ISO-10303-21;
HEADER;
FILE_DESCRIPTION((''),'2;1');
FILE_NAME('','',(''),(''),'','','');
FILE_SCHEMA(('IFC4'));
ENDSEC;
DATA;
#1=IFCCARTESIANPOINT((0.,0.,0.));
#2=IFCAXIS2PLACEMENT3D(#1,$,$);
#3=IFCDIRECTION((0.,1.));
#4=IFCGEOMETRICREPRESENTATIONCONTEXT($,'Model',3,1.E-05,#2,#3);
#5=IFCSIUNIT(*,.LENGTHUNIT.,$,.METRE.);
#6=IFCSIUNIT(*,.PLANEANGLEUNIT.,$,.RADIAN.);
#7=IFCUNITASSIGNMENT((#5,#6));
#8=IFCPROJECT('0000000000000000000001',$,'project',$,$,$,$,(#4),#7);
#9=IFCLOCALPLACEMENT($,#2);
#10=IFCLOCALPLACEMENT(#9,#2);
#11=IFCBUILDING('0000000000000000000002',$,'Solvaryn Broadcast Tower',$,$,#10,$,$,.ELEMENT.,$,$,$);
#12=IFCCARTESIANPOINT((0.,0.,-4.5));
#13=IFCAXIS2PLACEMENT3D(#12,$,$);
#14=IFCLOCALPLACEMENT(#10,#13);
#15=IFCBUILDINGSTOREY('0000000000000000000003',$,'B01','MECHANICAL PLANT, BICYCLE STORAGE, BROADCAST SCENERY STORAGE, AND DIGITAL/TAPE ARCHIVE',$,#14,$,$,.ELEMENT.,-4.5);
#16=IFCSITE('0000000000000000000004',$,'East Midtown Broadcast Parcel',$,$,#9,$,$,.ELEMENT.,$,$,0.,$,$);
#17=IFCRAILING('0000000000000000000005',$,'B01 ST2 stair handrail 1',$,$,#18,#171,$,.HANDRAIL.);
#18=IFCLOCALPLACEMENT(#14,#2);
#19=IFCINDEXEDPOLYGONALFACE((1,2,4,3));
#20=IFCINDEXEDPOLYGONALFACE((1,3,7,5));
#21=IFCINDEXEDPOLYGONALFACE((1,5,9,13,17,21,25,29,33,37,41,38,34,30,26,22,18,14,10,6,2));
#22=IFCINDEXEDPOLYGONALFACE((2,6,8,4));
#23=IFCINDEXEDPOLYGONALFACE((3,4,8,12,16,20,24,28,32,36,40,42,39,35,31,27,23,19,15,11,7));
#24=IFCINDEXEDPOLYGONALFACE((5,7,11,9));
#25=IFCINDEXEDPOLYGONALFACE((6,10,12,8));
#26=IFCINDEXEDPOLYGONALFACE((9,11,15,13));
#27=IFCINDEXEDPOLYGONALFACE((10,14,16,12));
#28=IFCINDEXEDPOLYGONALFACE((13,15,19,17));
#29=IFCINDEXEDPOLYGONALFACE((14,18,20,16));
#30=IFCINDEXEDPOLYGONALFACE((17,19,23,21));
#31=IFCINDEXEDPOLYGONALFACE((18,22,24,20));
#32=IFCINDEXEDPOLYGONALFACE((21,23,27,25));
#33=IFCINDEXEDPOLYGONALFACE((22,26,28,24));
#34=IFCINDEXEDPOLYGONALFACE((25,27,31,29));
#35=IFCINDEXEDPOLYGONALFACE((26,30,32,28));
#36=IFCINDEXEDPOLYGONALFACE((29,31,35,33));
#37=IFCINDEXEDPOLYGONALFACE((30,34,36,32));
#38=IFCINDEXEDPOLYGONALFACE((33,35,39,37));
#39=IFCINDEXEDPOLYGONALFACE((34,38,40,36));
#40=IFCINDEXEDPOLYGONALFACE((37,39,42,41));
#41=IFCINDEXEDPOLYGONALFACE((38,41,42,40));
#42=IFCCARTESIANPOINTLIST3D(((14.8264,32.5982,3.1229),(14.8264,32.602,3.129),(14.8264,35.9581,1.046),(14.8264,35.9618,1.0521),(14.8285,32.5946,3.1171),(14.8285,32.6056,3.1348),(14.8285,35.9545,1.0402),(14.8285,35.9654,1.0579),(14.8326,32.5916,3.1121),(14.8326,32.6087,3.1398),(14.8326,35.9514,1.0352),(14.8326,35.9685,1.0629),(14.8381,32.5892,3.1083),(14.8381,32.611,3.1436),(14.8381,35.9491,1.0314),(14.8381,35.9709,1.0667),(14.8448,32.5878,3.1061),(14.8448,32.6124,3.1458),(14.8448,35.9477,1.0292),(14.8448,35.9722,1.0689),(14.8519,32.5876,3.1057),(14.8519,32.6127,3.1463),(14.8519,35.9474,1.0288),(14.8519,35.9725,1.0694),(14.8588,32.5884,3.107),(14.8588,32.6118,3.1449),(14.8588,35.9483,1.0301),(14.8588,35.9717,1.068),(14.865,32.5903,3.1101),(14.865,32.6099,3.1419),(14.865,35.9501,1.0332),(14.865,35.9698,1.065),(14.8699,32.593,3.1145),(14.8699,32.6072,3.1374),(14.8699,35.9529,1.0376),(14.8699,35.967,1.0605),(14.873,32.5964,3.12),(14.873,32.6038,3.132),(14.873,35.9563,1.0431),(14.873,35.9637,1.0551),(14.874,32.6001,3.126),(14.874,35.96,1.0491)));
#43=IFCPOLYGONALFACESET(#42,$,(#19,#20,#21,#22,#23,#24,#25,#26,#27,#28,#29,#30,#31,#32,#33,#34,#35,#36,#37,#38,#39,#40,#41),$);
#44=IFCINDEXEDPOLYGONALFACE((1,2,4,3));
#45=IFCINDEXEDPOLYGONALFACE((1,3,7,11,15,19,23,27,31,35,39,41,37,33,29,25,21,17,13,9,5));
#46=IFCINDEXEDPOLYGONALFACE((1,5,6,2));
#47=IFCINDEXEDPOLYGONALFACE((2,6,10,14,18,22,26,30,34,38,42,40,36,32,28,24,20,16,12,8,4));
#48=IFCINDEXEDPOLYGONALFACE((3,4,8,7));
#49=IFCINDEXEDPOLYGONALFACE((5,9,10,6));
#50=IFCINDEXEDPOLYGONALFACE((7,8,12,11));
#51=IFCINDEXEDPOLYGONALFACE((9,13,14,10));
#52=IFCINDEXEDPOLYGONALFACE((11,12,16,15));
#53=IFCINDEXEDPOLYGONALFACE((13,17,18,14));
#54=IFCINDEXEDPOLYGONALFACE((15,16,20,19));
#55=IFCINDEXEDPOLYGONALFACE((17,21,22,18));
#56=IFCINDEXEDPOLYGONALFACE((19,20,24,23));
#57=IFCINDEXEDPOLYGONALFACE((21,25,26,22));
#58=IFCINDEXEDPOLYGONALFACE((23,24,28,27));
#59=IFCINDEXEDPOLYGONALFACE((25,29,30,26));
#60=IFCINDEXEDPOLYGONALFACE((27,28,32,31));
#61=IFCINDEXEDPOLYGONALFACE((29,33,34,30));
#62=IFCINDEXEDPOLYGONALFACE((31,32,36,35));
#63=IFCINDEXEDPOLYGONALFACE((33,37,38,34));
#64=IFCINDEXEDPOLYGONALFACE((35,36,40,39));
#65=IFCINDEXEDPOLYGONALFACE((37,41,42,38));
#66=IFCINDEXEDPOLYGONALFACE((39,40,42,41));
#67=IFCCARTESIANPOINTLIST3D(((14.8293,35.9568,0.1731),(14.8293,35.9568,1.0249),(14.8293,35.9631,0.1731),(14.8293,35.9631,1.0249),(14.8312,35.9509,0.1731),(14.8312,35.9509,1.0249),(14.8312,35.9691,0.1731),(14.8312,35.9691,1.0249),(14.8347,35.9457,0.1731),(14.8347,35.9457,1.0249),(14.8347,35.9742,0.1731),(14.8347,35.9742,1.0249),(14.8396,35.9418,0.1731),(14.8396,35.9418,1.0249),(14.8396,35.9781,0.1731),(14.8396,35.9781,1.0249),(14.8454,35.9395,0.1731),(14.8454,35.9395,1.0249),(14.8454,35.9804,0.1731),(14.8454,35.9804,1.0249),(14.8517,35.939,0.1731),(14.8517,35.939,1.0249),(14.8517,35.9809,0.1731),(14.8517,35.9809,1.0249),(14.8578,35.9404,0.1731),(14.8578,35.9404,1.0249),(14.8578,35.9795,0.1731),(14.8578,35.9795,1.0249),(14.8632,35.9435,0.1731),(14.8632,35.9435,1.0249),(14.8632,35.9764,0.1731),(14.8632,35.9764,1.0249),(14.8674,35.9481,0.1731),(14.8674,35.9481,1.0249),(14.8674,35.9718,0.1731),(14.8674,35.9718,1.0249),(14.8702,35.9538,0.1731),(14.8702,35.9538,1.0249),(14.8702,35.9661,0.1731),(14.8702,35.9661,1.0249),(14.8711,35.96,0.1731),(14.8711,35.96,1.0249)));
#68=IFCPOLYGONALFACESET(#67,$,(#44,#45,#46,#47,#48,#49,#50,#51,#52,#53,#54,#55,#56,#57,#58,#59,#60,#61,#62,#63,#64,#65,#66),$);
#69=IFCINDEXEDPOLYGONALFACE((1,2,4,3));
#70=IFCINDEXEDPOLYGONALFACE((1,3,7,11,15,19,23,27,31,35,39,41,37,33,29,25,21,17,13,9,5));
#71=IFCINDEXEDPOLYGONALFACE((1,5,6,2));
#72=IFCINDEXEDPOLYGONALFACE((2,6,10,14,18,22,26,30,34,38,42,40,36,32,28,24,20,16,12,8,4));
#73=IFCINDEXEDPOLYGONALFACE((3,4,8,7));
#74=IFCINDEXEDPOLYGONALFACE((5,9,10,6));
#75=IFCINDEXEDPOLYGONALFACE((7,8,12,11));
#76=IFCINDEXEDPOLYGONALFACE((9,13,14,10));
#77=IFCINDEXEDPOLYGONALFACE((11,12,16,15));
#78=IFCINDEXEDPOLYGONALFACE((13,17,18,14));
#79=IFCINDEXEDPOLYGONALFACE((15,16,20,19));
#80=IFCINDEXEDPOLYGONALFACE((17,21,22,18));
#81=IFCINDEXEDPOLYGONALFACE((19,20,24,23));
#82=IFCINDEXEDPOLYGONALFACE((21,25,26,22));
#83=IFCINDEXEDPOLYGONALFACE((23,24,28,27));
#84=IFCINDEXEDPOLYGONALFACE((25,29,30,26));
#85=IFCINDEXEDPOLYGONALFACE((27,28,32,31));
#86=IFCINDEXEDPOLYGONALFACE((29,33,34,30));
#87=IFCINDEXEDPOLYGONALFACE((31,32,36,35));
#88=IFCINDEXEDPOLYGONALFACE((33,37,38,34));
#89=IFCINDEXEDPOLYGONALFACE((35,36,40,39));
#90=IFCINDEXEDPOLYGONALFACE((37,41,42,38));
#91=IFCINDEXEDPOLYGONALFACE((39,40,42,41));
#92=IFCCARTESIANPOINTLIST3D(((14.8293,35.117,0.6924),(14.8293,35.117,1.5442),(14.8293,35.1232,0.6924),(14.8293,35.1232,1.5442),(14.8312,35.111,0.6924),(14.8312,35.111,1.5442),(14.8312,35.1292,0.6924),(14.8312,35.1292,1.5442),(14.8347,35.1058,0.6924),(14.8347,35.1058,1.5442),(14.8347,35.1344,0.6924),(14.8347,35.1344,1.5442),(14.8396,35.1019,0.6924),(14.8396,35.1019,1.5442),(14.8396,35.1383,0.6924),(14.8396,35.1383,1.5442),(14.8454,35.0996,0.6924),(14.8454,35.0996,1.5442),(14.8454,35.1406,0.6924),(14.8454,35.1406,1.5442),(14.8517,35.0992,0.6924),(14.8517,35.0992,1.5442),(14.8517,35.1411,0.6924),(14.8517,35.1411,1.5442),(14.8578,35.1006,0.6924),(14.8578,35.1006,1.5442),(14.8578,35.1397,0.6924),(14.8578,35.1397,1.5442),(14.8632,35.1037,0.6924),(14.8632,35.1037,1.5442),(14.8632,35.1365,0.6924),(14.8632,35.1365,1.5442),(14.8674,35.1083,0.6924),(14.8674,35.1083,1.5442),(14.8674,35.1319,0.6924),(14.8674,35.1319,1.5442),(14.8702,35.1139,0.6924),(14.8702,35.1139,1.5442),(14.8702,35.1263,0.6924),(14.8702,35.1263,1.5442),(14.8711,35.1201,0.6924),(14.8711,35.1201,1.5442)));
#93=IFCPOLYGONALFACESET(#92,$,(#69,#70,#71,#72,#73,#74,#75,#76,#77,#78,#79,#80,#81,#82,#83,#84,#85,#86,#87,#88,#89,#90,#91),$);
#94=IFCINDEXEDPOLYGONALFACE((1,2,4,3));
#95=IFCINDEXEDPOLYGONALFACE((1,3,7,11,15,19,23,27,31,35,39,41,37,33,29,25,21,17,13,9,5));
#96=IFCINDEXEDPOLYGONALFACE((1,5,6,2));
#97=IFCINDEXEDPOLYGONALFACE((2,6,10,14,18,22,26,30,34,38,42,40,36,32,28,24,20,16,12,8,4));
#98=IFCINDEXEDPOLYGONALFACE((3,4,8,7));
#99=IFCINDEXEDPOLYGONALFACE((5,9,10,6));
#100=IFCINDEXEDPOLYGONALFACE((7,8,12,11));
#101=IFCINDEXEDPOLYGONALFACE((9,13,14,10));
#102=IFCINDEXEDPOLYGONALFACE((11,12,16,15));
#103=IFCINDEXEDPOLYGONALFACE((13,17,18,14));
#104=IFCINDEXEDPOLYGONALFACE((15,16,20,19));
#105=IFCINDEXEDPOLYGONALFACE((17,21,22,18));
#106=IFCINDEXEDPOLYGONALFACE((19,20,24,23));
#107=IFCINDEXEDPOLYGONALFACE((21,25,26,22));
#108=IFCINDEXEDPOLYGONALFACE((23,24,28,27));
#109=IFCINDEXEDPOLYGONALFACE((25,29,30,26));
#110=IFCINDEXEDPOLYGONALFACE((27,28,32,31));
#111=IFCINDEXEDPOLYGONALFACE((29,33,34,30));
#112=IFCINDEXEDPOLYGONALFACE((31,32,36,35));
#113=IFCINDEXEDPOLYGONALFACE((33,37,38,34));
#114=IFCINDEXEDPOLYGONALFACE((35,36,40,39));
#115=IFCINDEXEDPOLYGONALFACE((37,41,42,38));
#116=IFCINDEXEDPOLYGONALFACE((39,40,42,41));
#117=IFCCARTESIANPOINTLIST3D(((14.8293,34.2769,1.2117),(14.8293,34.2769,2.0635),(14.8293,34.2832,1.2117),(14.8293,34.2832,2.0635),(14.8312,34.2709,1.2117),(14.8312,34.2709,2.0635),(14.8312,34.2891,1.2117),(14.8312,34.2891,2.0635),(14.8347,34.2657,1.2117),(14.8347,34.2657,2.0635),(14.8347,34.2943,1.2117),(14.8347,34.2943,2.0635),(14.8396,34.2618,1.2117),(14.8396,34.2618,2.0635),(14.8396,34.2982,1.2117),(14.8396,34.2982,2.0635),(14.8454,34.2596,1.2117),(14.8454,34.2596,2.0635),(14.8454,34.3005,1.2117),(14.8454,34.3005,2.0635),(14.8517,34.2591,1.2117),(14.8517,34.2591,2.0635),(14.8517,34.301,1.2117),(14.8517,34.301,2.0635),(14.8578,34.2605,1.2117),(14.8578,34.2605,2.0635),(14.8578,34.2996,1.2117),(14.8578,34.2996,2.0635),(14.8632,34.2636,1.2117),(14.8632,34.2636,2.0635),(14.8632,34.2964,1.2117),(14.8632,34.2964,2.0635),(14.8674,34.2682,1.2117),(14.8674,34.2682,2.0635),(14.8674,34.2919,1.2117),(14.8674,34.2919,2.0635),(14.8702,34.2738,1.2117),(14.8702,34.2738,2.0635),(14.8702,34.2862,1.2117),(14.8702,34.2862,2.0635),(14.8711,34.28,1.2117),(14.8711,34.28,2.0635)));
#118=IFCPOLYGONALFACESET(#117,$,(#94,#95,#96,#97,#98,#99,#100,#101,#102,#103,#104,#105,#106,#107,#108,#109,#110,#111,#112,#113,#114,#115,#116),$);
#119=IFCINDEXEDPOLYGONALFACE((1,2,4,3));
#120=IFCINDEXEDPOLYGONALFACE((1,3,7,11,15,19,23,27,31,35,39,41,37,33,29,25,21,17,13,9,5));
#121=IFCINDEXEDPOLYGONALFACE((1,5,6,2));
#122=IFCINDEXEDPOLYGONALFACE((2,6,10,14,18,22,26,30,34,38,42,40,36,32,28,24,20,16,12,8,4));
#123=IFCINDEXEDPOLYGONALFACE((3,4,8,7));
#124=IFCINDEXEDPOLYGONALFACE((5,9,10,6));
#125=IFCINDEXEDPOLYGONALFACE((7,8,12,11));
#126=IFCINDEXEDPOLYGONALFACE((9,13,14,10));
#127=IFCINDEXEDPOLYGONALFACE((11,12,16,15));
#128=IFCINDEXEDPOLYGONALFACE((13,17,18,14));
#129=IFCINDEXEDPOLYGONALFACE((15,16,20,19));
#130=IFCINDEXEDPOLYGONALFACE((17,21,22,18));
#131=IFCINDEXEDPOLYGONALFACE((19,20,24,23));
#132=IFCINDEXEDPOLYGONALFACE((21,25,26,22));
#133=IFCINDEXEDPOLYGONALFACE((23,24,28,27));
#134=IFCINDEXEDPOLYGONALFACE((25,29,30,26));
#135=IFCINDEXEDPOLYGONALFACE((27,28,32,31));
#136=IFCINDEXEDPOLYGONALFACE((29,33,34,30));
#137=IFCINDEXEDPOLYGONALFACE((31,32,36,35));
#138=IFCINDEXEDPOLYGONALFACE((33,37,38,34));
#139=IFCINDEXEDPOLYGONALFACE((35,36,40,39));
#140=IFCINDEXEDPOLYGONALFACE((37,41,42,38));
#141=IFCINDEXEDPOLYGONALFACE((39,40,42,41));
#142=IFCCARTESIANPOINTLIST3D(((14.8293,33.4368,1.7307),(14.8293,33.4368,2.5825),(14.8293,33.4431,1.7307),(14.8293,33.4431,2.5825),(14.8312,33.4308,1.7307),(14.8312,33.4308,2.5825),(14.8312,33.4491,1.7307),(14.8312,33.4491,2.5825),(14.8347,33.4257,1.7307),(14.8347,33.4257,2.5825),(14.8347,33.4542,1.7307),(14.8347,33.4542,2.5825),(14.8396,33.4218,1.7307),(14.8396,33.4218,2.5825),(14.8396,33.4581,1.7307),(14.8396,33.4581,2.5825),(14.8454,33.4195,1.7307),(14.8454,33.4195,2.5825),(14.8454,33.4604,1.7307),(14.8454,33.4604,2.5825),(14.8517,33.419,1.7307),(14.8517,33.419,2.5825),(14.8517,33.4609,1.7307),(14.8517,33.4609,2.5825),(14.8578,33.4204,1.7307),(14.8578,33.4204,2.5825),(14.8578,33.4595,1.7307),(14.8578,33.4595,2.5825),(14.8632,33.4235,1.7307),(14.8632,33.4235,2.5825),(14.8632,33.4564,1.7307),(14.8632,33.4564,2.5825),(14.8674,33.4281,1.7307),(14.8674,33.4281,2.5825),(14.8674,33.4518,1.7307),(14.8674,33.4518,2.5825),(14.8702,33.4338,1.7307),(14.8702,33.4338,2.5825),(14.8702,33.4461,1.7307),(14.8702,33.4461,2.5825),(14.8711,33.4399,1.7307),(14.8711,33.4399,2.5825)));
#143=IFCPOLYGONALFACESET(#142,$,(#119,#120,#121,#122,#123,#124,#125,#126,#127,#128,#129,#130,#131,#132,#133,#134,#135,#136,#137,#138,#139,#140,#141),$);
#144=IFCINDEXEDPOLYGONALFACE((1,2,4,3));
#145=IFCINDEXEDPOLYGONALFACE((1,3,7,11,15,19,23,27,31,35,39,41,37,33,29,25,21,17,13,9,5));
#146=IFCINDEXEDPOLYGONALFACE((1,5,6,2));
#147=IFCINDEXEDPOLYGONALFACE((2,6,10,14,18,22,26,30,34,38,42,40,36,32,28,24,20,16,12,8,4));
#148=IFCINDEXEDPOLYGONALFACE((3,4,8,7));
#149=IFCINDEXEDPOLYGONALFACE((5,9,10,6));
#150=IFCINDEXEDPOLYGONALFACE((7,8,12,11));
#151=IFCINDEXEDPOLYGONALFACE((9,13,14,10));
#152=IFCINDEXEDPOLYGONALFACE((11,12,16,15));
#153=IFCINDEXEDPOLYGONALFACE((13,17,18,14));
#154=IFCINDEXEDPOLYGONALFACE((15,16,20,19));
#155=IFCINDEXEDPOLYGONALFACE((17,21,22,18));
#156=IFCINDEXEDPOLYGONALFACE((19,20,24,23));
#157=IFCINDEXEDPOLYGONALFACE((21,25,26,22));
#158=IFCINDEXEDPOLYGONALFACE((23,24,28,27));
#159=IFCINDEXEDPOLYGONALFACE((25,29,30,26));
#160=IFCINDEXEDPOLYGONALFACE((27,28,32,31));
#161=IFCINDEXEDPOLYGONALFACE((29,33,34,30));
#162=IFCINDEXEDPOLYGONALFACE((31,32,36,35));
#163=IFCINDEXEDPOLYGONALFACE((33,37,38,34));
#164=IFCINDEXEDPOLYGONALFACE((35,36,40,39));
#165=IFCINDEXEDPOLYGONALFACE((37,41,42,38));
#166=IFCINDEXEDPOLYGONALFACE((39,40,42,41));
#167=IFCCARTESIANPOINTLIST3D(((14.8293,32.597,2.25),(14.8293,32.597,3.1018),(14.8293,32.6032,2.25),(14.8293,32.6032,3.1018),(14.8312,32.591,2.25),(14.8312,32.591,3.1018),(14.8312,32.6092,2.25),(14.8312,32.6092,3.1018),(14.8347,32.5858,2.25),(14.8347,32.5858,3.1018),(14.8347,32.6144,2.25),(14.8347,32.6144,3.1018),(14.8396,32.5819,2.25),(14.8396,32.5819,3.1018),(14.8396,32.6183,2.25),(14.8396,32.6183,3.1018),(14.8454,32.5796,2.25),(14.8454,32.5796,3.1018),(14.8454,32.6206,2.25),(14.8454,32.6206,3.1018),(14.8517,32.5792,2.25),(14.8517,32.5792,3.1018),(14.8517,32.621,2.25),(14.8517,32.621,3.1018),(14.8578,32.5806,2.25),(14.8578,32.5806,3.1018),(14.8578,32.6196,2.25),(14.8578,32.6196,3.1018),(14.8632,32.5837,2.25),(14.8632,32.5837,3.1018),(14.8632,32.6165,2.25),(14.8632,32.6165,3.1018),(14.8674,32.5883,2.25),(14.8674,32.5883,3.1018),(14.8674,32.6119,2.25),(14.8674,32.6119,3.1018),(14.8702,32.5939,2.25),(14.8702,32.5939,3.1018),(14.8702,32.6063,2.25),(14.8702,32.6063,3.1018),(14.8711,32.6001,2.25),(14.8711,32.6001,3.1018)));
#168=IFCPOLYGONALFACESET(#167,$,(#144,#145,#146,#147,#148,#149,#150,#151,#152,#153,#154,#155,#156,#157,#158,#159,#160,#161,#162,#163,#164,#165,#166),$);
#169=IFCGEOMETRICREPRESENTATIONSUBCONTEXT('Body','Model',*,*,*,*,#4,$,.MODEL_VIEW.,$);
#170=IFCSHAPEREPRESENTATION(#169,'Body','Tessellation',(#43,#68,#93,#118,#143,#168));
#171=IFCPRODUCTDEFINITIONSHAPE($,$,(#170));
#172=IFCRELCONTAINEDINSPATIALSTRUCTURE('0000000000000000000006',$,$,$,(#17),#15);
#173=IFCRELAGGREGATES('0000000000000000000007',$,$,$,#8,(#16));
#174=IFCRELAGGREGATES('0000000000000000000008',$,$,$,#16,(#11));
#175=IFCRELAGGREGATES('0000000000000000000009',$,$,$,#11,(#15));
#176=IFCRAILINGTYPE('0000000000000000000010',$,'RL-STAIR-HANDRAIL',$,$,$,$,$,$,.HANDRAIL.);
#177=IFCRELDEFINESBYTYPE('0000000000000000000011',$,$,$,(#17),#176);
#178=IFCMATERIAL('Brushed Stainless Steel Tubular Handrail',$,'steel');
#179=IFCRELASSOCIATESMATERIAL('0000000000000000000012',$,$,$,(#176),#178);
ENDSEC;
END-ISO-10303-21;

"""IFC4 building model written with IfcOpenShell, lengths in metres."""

from ifc_helpers import new_model, si_unit, direction, frame, origin, origin_2d, place, context, subcontext, project, spatial, circle, extrude, material, type_object, element, save


model = new_model("IFC4")

# Units and contexts
model_context = context("Model", 3, precision=1e-05, world=origin(), true_north=direction((0.0, 1.0)))
body_context = subcontext(model_context, "Body", "Model", "MODEL_VIEW")
ifc_project = project(units=[si_unit("LENGTHUNIT", "METRE"), si_unit("PLANEANGLEUNIT", "RADIAN")], contexts=[model_context])

# Site, building, storey
site_placement = place(None, origin())
site = spatial("IfcSite", under=ifc_project, at=site_placement, Name="East Midtown Broadcast Parcel", CompositionType="ELEMENT", RefElevation=0.0)
building_placement = place(site_placement, origin())
building = spatial("IfcBuilding", under=site, at=building_placement, Name="Solvaryn Broadcast Tower", CompositionType="ELEMENT")
storey_placement = place(building_placement, frame((0.0, 0.0, -4.5)))
storey = spatial("IfcBuildingStorey", under=building, at=storey_placement, Name="B01", Description="MECHANICAL PLANT, BICYCLE STORAGE, BROADCAST SCENERY STORAGE, AND DIGITAL/TAPE ARCHIVE", CompositionType="ELEMENT", Elevation=-4.5)

# Railing
ifc_material_1 = material(Name="Brushed Stainless Steel Tubular Handrail", Category="steel")
railing_type_1 = type_object("IfcRailingType", Name="RL-STAIR-HANDRAIL", PredefinedType="HANDRAIL", material=ifc_material_1)
railing_1_placement = place(storey_placement, frame((14.8501, 35.96, 0.1731)))
element("IfcRailing", 1, at=railing_1_placement, inside=storey, type_object=railing_type_1, Name="B01 ST2 stair handrail 1", PredefinedType="HANDRAIL", context=body_context, shape_type="SweptSolid", body=[
    extrude(circle(Radius=0.0239, at=origin_2d()), frame((0.0, 0.0, 0.876), z_axis=(0.0, -0.850606, 0.525803), x_axis=(1.0, 0.0, 0.0)), (0.0, 0.0, 1.0), 3.95),
    extrude(circle(Radius=0.021, at=origin_2d()), origin(), (0.0, 0.0, 1.0), 0.8518),
    extrude(circle(Radius=0.021, at=origin_2d()), frame((0.0, -0.8398, 0.5193)), (0.0, 0.0, 1.0), 0.8518),
    extrude(circle(Radius=0.021, at=origin_2d()), frame((0.0, -1.6799, 1.0386)), (0.0, 0.0, 1.0), 0.8518),
    extrude(circle(Radius=0.021, at=origin_2d()), frame((0.0, -2.52, 1.5576)), (0.0, 0.0, 1.0), 0.8518),
    extrude(circle(Radius=0.021, at=origin_2d()), frame((0.0, -3.3599, 2.0769)), (0.0, 0.0, 1.0), 0.8518),
])

save(model, "model.ifc")
